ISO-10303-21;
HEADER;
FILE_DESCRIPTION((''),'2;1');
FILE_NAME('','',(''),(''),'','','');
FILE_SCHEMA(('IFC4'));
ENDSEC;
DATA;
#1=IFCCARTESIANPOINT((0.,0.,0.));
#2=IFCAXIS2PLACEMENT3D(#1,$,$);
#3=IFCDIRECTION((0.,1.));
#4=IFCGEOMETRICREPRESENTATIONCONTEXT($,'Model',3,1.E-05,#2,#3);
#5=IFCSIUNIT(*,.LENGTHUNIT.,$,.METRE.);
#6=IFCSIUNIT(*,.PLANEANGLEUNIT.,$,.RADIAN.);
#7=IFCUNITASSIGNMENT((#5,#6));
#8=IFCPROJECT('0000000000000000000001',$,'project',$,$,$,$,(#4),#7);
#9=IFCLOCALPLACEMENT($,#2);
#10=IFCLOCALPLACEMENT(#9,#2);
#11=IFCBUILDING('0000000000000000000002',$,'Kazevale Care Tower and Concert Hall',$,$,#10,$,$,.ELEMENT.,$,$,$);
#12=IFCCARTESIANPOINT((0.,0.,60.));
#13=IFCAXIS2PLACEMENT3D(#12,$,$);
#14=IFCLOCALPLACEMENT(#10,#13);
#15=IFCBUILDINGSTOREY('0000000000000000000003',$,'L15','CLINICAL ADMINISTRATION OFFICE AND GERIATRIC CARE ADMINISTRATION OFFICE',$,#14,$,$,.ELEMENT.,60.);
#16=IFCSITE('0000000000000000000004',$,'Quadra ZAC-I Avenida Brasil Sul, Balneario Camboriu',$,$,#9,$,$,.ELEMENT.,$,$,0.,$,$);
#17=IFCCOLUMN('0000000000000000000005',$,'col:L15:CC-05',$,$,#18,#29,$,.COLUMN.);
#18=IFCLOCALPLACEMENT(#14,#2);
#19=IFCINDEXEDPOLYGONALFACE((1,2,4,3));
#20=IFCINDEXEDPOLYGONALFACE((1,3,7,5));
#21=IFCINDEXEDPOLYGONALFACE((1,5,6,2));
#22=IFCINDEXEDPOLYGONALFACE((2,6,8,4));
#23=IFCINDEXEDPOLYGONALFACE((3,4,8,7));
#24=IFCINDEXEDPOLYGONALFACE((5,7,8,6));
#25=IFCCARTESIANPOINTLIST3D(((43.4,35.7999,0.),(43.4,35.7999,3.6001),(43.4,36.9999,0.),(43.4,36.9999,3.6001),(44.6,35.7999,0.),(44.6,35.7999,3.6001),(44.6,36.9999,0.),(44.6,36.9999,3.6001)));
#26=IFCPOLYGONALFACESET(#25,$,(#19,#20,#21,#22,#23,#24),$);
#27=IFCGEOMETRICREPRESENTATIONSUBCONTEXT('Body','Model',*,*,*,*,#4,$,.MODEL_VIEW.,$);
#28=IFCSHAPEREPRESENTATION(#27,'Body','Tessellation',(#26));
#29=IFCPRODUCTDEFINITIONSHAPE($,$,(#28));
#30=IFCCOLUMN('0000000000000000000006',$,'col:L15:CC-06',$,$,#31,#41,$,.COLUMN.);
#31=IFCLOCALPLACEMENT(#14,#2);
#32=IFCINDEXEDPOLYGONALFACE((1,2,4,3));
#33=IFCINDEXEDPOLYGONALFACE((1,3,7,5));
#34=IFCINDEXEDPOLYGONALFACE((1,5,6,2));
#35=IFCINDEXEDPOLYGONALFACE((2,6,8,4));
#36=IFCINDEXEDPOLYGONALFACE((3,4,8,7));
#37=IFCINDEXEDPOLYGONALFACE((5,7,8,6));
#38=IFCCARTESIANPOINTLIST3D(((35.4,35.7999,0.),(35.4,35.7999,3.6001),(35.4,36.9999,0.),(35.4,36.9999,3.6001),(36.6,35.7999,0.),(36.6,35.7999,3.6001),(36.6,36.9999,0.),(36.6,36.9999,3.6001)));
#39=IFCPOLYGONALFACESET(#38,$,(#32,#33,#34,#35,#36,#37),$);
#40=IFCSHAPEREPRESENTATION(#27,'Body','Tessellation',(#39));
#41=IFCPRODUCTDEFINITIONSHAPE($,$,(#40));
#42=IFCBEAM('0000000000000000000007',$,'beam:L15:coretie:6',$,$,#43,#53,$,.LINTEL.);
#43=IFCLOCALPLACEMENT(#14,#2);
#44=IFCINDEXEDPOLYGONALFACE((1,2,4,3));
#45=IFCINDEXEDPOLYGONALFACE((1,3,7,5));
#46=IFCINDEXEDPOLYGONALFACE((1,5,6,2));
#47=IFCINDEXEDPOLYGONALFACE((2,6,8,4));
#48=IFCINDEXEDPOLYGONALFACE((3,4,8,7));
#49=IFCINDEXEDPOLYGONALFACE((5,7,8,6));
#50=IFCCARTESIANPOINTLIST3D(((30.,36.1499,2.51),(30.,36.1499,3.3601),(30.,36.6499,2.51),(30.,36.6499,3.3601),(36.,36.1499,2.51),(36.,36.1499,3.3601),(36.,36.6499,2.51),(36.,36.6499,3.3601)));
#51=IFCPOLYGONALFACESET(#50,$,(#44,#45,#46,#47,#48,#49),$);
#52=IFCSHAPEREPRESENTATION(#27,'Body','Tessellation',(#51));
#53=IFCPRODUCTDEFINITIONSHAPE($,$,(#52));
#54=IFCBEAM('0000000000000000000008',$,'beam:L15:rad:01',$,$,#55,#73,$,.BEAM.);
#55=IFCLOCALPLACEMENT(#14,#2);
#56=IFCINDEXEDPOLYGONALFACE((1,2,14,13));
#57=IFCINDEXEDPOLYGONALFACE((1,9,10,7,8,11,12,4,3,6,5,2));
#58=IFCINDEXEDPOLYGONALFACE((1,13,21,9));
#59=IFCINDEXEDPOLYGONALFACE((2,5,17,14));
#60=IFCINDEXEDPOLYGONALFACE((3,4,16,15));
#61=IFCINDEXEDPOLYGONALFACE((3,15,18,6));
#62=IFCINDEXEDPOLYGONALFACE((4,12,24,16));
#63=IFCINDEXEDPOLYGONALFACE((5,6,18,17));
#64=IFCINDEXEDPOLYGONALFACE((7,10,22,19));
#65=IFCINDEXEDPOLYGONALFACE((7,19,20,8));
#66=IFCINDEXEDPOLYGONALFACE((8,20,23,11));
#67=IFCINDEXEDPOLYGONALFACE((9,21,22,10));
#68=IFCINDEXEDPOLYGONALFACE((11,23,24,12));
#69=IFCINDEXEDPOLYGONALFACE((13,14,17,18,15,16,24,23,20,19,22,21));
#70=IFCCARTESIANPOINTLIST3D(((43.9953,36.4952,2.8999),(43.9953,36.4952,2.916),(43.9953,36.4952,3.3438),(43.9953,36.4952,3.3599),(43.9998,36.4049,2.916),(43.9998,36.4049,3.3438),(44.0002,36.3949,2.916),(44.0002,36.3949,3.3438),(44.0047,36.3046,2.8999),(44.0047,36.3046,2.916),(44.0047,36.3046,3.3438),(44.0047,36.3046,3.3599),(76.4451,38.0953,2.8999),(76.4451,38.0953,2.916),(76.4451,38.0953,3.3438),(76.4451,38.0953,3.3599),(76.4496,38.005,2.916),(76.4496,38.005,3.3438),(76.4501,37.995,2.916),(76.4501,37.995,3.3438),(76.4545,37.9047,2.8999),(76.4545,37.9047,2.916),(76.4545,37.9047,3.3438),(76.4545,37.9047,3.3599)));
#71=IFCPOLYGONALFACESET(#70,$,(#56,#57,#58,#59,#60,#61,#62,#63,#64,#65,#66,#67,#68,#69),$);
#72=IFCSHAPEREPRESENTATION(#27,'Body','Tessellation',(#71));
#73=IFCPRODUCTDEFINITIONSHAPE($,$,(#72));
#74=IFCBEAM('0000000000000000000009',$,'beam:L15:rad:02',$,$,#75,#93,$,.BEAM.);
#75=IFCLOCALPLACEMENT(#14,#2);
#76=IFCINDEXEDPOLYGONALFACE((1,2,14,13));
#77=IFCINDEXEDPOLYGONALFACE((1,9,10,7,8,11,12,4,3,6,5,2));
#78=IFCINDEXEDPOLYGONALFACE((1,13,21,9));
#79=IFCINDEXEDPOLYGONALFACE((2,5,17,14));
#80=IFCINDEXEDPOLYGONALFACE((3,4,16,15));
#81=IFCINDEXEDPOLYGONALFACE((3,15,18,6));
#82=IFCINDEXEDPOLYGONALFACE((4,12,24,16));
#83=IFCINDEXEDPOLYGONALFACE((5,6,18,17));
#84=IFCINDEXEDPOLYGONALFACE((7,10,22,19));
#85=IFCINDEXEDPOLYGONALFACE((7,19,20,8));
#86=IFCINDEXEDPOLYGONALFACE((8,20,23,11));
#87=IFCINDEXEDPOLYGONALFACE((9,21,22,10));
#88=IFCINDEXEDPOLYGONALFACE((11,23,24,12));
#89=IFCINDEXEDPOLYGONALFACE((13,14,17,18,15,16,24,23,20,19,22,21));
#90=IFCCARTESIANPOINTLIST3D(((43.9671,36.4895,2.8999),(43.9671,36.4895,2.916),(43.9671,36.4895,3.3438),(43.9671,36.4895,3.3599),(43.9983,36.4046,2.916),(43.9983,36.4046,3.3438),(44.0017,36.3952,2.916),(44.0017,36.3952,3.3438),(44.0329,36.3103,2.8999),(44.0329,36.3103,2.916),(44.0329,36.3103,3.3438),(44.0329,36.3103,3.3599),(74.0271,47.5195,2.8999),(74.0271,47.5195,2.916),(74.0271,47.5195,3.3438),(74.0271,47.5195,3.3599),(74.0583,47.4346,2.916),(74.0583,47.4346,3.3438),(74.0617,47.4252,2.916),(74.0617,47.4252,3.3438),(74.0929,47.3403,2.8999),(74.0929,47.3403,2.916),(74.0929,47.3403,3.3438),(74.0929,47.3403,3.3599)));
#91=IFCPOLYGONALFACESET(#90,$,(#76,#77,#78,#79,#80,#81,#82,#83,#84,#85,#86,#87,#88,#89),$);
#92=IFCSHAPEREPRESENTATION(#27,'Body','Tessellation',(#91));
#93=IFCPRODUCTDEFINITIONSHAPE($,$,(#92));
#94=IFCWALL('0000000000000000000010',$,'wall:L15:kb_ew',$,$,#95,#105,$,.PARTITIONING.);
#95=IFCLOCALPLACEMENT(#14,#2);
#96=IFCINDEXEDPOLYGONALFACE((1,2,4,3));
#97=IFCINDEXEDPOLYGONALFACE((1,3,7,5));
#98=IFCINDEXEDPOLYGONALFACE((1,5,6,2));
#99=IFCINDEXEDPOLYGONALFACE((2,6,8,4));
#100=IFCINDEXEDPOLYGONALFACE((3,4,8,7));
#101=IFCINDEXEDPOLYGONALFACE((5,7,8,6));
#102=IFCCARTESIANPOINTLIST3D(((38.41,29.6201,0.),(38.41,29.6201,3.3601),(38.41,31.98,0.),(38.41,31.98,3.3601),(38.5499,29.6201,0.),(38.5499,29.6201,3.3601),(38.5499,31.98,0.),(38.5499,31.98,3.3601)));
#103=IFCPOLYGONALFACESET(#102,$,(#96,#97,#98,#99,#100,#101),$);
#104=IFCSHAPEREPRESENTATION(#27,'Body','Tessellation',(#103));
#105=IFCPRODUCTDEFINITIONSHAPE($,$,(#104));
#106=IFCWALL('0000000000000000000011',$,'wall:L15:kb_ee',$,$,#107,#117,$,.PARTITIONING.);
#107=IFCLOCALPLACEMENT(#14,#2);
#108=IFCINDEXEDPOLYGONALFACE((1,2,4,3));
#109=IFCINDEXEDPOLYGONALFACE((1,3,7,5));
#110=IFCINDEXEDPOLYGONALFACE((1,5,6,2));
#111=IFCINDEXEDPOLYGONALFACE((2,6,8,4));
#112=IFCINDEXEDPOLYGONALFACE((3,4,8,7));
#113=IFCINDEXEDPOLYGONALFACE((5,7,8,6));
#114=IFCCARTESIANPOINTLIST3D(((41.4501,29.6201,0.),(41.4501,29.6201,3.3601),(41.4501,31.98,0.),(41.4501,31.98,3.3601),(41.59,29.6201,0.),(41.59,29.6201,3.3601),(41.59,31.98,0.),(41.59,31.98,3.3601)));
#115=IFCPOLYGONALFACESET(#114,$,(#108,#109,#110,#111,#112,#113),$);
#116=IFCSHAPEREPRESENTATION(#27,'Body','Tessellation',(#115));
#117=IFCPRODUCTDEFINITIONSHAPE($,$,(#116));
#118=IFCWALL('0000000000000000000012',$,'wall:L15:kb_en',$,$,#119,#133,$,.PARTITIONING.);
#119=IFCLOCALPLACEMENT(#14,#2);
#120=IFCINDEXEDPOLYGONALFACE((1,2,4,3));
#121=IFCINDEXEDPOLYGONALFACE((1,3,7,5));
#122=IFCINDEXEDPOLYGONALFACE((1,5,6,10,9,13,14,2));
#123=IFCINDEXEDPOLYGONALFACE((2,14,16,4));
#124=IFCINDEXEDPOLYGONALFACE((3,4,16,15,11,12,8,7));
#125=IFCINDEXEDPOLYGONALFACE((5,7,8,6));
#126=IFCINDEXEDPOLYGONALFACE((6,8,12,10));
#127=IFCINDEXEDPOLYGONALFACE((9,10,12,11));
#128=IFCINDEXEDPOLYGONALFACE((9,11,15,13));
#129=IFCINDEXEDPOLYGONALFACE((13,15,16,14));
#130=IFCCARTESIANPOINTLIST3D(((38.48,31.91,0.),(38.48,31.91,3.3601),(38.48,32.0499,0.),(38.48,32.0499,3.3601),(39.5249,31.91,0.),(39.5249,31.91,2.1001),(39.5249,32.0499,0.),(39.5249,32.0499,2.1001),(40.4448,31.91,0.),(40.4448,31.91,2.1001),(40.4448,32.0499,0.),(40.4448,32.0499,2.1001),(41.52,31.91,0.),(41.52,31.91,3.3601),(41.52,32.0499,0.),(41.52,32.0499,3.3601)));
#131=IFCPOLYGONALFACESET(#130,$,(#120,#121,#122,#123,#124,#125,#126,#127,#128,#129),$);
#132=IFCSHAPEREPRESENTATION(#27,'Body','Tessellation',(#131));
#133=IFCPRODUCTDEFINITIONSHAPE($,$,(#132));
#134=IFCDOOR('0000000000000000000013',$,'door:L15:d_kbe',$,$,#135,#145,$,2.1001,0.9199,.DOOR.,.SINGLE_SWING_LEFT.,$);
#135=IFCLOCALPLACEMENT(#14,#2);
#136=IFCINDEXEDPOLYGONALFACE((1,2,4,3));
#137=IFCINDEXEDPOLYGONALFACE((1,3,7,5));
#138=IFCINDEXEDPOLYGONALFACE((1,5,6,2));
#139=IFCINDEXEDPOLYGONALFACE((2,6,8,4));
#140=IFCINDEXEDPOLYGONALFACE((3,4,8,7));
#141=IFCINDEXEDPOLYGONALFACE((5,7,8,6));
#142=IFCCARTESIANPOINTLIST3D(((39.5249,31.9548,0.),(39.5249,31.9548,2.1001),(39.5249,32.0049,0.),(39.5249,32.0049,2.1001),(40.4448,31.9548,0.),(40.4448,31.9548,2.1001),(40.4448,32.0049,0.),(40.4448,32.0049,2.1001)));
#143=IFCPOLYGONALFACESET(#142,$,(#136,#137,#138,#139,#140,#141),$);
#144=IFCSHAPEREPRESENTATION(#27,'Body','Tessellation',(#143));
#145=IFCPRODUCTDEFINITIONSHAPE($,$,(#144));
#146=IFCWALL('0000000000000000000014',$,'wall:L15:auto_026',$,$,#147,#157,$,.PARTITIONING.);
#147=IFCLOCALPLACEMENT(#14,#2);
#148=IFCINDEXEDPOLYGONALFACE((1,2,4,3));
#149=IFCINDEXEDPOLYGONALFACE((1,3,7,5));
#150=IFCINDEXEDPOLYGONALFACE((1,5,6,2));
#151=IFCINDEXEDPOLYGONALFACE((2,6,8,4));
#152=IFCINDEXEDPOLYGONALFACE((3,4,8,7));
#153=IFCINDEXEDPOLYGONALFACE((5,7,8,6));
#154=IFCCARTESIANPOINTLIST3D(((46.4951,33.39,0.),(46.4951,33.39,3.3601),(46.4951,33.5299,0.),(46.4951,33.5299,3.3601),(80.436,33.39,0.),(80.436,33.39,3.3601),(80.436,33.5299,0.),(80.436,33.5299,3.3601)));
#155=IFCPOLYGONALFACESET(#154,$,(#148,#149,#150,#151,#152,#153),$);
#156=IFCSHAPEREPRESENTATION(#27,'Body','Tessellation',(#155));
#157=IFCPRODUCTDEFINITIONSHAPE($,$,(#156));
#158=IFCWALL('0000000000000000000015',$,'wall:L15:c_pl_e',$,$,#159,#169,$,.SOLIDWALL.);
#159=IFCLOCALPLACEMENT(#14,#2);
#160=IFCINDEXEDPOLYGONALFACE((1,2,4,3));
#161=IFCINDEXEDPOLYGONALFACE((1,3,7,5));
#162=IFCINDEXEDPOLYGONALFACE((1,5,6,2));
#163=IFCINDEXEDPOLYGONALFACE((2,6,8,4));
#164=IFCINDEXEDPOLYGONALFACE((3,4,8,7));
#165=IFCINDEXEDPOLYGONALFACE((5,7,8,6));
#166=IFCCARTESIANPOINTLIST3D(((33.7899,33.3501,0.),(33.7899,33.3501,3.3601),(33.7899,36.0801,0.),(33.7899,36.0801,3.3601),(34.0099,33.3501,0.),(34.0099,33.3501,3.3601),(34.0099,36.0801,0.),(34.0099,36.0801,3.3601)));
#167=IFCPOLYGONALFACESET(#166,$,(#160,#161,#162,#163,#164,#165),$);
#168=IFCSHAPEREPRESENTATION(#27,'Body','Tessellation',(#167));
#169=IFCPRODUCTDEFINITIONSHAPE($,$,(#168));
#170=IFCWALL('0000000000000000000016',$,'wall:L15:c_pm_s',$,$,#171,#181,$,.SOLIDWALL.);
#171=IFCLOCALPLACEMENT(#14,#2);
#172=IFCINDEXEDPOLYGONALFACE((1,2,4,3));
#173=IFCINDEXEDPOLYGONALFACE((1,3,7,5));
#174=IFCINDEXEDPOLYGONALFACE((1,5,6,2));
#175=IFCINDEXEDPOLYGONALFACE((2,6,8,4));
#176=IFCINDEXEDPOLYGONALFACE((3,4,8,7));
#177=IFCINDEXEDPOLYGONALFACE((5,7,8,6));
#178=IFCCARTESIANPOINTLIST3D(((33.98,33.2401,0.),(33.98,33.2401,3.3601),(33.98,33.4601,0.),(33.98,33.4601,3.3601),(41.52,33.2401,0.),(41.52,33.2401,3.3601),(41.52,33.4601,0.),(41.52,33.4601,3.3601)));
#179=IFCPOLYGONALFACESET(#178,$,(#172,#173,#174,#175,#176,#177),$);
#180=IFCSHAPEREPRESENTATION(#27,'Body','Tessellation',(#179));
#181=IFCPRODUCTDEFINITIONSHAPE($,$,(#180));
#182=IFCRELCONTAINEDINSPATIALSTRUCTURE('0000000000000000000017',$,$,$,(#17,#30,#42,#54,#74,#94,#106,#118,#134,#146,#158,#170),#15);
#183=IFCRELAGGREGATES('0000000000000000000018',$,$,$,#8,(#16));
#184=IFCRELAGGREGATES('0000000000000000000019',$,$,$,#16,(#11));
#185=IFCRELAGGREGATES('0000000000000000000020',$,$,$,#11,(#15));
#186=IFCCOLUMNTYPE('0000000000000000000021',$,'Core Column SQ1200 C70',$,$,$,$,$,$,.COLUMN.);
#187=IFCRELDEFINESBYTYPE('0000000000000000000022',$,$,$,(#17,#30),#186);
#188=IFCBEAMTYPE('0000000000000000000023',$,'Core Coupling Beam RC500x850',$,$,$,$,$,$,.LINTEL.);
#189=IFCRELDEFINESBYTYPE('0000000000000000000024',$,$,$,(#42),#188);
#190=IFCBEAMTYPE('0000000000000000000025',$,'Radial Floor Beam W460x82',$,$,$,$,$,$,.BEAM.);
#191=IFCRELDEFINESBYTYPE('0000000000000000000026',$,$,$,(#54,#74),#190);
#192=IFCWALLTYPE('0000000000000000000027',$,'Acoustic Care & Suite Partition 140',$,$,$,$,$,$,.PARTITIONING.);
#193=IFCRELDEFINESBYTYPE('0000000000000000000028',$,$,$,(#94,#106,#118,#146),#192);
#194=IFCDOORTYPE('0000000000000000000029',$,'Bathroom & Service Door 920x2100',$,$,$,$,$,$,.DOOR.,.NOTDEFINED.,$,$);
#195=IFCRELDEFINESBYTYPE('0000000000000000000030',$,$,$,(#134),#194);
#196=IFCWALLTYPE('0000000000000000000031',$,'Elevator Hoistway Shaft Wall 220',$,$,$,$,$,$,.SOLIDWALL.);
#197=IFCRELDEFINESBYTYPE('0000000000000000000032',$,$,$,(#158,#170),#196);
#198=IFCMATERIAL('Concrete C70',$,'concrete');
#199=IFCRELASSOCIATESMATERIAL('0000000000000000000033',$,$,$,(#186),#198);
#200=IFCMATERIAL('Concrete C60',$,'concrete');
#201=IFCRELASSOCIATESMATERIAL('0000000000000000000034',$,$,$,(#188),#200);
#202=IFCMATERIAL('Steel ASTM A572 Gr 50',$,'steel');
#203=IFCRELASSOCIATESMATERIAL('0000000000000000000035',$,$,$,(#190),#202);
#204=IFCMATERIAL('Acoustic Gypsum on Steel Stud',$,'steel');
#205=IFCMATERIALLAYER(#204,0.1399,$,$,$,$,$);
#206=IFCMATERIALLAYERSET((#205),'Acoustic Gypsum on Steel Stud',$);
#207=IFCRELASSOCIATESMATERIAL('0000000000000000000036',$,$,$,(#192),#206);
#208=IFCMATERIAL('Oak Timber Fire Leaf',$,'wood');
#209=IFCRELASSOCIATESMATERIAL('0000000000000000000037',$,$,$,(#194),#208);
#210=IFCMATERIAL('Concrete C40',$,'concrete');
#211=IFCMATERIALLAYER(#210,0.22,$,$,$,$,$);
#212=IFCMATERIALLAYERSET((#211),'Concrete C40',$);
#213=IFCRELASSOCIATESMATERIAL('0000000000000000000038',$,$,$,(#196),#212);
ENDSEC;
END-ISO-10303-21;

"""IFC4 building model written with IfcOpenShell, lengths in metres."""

from ifc_helpers import new_model, si_unit, direction, frame, frame_2d, origin, origin_2d, place, context, subcontext, project, spatial, rectangle, i_section, extrude, material, layer, layer_set, material_profile, profile_set, type_object, element, fill, save


model = new_model("IFC4")

# Units and contexts
model_context = context("Model", 3, precision=1e-05, world=origin(), true_north=direction((0.0, 1.0)))
body_context = subcontext(model_context, "Body", "Model", "MODEL_VIEW")
ifc_project = project(units=[si_unit("LENGTHUNIT", "METRE"), si_unit("PLANEANGLEUNIT", "RADIAN")], contexts=[model_context])

# Site, building, storey
site_placement = place(None, origin())
site = spatial("IfcSite", under=ifc_project, at=site_placement, Name="Quadra ZAC-I Avenida Brasil Sul, Balneario Camboriu", CompositionType="ELEMENT", RefElevation=0.0)
building_placement = place(site_placement, origin())
building = spatial("IfcBuilding", under=site, at=building_placement, Name="Kazevale Care Tower and Concert Hall", CompositionType="ELEMENT")
storey_placement = place(building_placement, frame((0.0, 0.0, 60.0)))
storey = spatial("IfcBuildingStorey", under=building, at=storey_placement, Name="L15", Description="CLINICAL ADMINISTRATION OFFICE AND GERIATRIC CARE ADMINISTRATION OFFICE", CompositionType="ELEMENT", Elevation=60.0)

# Columns
ifc_material_1 = material(Name="Concrete C70", Category="concrete")
ifc_material_profile_1 = material_profile(ifc_material_1, rectangle(XDim=1.2, YDim=1.2, at=origin_2d()), Name="RC-SQ1200")
ifc_profile_set_1 = profile_set([ifc_material_profile_1], Name="Concrete C70")
column_type = type_object("IfcColumnType", Name="Core Column SQ1200 C70", PredefinedType="COLUMN", material=ifc_profile_set_1)
for number, where, z_axis, x_axis, name in (
    (1, (44.0, 36.3999, 0.0), (0.0, 0.0, 1.0), (1.0, 0.0, 0.0), "col:L15:CC-05"),
    (2, (36.0, 36.3999, 0.0), (0.0, 0.0, 1.0), (1.0, 0.0, 0.0), "col:L15:CC-06"),
):
    element("IfcColumn", number, at=place(storey_placement, frame(where, z_axis=z_axis, x_axis=x_axis)), inside=storey, type_object=column_type, Name=name, PredefinedType="COLUMN", context=body_context, shape_type="SweptSolid", body=[
        extrude(rectangle(XDim=1.2, YDim=1.2, at=origin_2d()), origin(), (0.0, 0.0, 1.0), 3.6001),
    ])

# Beams
ifc_material_2 = material(Name="Concrete C60", Category="concrete")
ifc_material_profile_2 = material_profile(ifc_material_2, rectangle(XDim=0.5, YDim=0.8501, at=origin_2d()), Name="RC-B500x850")
ifc_profile_set_2 = profile_set([ifc_material_profile_2], Name="Concrete C60")
beam_type_1 = type_object("IfcBeamType", Name="Core Coupling Beam RC500x850", PredefinedType="LINTEL", material=ifc_profile_set_2)
beam_1_placement = place(storey_placement, frame((36.0, 36.3999, 2.9351), z_axis=(-1.0, 0.0, 0.0), x_axis=(0.0, -1.0, 0.0)))
element("IfcBeam", 3, at=beam_1_placement, inside=storey, type_object=beam_type_1, Name="beam:L15:coretie:6", PredefinedType="LINTEL", context=body_context, shape_type="SweptSolid", body=[
    extrude(rectangle(XDim=0.5, YDim=0.8501, at=origin_2d()), origin(), (0.0, 0.0, 1.0), 6.0),
])
ifc_material_3 = material(Name="Steel ASTM A572 Gr 50", Category="steel")
ifc_material_profile_3 = material_profile(ifc_material_3, i_section(OverallWidth=0.1909, OverallDepth=0.46, WebThickness=0.01, FlangeThickness=0.0161, at=origin_2d()), Name="W460x82")
ifc_profile_set_3 = profile_set([ifc_material_profile_3], Name="Steel ASTM A572 Gr 50")
beam_type_2 = type_object("IfcBeamType", Name="Radial Floor Beam W460x82", PredefinedType="BEAM", material=ifc_profile_set_3)
beam_2_placement = place(storey_placement, frame((44.0, 36.3999, 3.1299), z_axis=(0.998786, 0.04925, 0.0), x_axis=(-0.04925, 0.998786, 0.0)))
element("IfcBeam", 4, at=beam_2_placement, inside=storey, type_object=beam_type_2, Name="beam:L15:rad:01", PredefinedType="BEAM", context=body_context, shape_type="SweptSolid", body=[
    extrude(i_section(OverallWidth=0.1909, OverallDepth=0.46, WebThickness=0.01, FlangeThickness=0.0161, at=origin_2d()), origin(), (0.0, 0.0, 1.0), 32.4893),
])
beam_3_placement = place(storey_placement, frame((44.0, 36.3999, 3.1299), z_axis=(0.938795, 0.344475, 0.0), x_axis=(-0.344475, 0.938795, 0.0)))
element("IfcBeam", 5, at=beam_3_placement, inside=storey, type_object=beam_type_2, Name="beam:L15:rad:02", PredefinedType="BEAM", context=body_context, shape_type="SweptSolid", body=[
    extrude(i_section(OverallWidth=0.1909, OverallDepth=0.46, WebThickness=0.01, FlangeThickness=0.0161, at=origin_2d()), origin(), (0.0, 0.0, 1.0), 32.0198),
])

# Walls
ifc_material_4 = material(Name="Acoustic Gypsum on Steel Stud", Category="steel")
ifc_layer_1 = layer(ifc_material_4, 0.1399)
ifc_layer_set_1 = layer_set([ifc_layer_1], Name="Acoustic Gypsum on Steel Stud")
wall_type_1 = type_object("IfcWallType", Name="Acoustic Care & Suite Partition 140", PredefinedType="PARTITIONING", material=ifc_layer_set_1)
for number, where, z_axis, x_axis, name in (
    (6, (38.48, 29.6201, 0.0), (0.0, 0.0, 1.0), (0.0, 1.0, 0.0), "wall:L15:kb_ew"),
    (7, (41.52, 29.6201, 0.0), (0.0, 0.0, 1.0), (0.0, 1.0, 0.0), "wall:L15:kb_ee"),
):
    element("IfcWall", number, at=place(storey_placement, frame(where, z_axis=z_axis, x_axis=x_axis)), inside=storey, type_object=wall_type_1, Name=name, PredefinedType="PARTITIONING", context=body_context, shape_type="SweptSolid", body=[
        extrude(rectangle(XDim=2.3599, YDim=0.1399, at=frame_2d((1.1799, 0.0))), origin(), (0.0, 0.0, 1.0), 3.3601),
    ])

# Wall, opening, door
wall_1_placement = place(storey_placement, frame((38.48, 31.98, 0.0), z_axis=(0.0, 0.0, 1.0), x_axis=(1.0, 0.0, 0.0)))
wall_1 = element("IfcWall", 8, at=wall_1_placement, inside=storey, type_object=wall_type_1, Name="wall:L15:kb_en", PredefinedType="PARTITIONING", context=body_context, shape_type="SweptSolid", body=[
    extrude(rectangle(XDim=3.04, YDim=0.1399, at=frame_2d((1.52, 0.0))), origin(), (0.0, 0.0, 1.0), 3.3601),
])
opening_1_placement = place(wall_1_placement, frame((1.0449, 0.0, 0.0)))
opening_1 = element("IfcOpeningElement", 9, at=opening_1_placement, cuts=wall_1, PredefinedType="OPENING", context=body_context, shape_type="SweptSolid", body=[
    extrude(rectangle(XDim=0.9199, YDim=2.1001, at=frame_2d((0.46, 1.05))), frame((0.0, 0.0798, 0.0), z_axis=(0.0, -1.0, 0.0), x_axis=(1.0, 0.0, 0.0)), (0.0, 0.0, 1.0), 0.1599),
])
ifc_material_5 = material(Name="Oak Timber Fire Leaf", Category="wood")
door_type_1 = type_object("IfcDoorType", Name="Bathroom & Service Door 920x2100", OperationType="NOTDEFINED", PredefinedType="DOOR", material=ifc_material_5)
door_1_placement = place(opening_1_placement, origin())
door_1 = element("IfcDoor", 10, at=door_1_placement, inside=storey, type_object=door_type_1, Name="door:L15:d_kbe", OperationType="SINGLE_SWING_LEFT", OverallHeight=2.1001, OverallWidth=0.9199, PredefinedType="DOOR", context=body_context, shape_type="SweptSolid", body=[
    extrude(rectangle(XDim=0.9199, YDim=2.1001, at=frame_2d((0.46, 1.05))), frame((0.0, 0.0249, 0.0), z_axis=(0.0, -1.0, 0.0), x_axis=(1.0, 0.0, 0.0)), (0.0, 0.0, 1.0), 0.05),
])
fill(opening_1, door_1)

# Walls
wall_2_placement = place(storey_placement, frame((46.4951, 33.46, 0.0), z_axis=(0.0, 0.0, 1.0), x_axis=(1.0, 0.0, 0.0)))
element("IfcWall", 11, at=wall_2_placement, inside=storey, type_object=wall_type_1, Name="wall:L15:auto_026", PredefinedType="PARTITIONING", context=body_context, shape_type="SweptSolid", body=[
    extrude(rectangle(XDim=33.9409, YDim=0.1399, at=frame_2d((16.9705, 0.0))), origin(), (0.0, 0.0, 1.0), 3.3601),
])
ifc_material_6 = material(Name="Concrete C40", Category="concrete")
ifc_layer_2 = layer(ifc_material_6, 0.22)
ifc_layer_set_2 = layer_set([ifc_layer_2], Name="Concrete C40")
wall_type_2 = type_object("IfcWallType", Name="Elevator Hoistway Shaft Wall 220", PredefinedType="SOLIDWALL", material=ifc_layer_set_2)
wall_3_placement = place(storey_placement, frame((33.8999, 33.3501, 0.0), z_axis=(0.0, 0.0, 1.0), x_axis=(0.0, 1.0, 0.0)))
element("IfcWall", 12, at=wall_3_placement, inside=storey, type_object=wall_type_2, Name="wall:L15:c_pl_e", PredefinedType="SOLIDWALL", context=body_context, shape_type="SweptSolid", body=[
    extrude(rectangle(XDim=2.73, YDim=0.22, at=frame_2d((1.365, 0.0))), origin(), (0.0, 0.0, 1.0), 3.3601),
])
wall_4_placement = place(storey_placement, frame((33.98, 33.3501, 0.0), z_axis=(0.0, 0.0, 1.0), x_axis=(1.0, 0.0, 0.0)))
element("IfcWall", 13, at=wall_4_placement, inside=storey, type_object=wall_type_2, Name="wall:L15:c_pm_s", PredefinedType="SOLIDWALL", context=body_context, shape_type="SweptSolid", body=[
    extrude(rectangle(XDim=7.54, YDim=0.22, at=frame_2d((3.77, 0.0))), origin(), (0.0, 0.0, 1.0), 3.3601),
])

save(model, "model.ifc")
